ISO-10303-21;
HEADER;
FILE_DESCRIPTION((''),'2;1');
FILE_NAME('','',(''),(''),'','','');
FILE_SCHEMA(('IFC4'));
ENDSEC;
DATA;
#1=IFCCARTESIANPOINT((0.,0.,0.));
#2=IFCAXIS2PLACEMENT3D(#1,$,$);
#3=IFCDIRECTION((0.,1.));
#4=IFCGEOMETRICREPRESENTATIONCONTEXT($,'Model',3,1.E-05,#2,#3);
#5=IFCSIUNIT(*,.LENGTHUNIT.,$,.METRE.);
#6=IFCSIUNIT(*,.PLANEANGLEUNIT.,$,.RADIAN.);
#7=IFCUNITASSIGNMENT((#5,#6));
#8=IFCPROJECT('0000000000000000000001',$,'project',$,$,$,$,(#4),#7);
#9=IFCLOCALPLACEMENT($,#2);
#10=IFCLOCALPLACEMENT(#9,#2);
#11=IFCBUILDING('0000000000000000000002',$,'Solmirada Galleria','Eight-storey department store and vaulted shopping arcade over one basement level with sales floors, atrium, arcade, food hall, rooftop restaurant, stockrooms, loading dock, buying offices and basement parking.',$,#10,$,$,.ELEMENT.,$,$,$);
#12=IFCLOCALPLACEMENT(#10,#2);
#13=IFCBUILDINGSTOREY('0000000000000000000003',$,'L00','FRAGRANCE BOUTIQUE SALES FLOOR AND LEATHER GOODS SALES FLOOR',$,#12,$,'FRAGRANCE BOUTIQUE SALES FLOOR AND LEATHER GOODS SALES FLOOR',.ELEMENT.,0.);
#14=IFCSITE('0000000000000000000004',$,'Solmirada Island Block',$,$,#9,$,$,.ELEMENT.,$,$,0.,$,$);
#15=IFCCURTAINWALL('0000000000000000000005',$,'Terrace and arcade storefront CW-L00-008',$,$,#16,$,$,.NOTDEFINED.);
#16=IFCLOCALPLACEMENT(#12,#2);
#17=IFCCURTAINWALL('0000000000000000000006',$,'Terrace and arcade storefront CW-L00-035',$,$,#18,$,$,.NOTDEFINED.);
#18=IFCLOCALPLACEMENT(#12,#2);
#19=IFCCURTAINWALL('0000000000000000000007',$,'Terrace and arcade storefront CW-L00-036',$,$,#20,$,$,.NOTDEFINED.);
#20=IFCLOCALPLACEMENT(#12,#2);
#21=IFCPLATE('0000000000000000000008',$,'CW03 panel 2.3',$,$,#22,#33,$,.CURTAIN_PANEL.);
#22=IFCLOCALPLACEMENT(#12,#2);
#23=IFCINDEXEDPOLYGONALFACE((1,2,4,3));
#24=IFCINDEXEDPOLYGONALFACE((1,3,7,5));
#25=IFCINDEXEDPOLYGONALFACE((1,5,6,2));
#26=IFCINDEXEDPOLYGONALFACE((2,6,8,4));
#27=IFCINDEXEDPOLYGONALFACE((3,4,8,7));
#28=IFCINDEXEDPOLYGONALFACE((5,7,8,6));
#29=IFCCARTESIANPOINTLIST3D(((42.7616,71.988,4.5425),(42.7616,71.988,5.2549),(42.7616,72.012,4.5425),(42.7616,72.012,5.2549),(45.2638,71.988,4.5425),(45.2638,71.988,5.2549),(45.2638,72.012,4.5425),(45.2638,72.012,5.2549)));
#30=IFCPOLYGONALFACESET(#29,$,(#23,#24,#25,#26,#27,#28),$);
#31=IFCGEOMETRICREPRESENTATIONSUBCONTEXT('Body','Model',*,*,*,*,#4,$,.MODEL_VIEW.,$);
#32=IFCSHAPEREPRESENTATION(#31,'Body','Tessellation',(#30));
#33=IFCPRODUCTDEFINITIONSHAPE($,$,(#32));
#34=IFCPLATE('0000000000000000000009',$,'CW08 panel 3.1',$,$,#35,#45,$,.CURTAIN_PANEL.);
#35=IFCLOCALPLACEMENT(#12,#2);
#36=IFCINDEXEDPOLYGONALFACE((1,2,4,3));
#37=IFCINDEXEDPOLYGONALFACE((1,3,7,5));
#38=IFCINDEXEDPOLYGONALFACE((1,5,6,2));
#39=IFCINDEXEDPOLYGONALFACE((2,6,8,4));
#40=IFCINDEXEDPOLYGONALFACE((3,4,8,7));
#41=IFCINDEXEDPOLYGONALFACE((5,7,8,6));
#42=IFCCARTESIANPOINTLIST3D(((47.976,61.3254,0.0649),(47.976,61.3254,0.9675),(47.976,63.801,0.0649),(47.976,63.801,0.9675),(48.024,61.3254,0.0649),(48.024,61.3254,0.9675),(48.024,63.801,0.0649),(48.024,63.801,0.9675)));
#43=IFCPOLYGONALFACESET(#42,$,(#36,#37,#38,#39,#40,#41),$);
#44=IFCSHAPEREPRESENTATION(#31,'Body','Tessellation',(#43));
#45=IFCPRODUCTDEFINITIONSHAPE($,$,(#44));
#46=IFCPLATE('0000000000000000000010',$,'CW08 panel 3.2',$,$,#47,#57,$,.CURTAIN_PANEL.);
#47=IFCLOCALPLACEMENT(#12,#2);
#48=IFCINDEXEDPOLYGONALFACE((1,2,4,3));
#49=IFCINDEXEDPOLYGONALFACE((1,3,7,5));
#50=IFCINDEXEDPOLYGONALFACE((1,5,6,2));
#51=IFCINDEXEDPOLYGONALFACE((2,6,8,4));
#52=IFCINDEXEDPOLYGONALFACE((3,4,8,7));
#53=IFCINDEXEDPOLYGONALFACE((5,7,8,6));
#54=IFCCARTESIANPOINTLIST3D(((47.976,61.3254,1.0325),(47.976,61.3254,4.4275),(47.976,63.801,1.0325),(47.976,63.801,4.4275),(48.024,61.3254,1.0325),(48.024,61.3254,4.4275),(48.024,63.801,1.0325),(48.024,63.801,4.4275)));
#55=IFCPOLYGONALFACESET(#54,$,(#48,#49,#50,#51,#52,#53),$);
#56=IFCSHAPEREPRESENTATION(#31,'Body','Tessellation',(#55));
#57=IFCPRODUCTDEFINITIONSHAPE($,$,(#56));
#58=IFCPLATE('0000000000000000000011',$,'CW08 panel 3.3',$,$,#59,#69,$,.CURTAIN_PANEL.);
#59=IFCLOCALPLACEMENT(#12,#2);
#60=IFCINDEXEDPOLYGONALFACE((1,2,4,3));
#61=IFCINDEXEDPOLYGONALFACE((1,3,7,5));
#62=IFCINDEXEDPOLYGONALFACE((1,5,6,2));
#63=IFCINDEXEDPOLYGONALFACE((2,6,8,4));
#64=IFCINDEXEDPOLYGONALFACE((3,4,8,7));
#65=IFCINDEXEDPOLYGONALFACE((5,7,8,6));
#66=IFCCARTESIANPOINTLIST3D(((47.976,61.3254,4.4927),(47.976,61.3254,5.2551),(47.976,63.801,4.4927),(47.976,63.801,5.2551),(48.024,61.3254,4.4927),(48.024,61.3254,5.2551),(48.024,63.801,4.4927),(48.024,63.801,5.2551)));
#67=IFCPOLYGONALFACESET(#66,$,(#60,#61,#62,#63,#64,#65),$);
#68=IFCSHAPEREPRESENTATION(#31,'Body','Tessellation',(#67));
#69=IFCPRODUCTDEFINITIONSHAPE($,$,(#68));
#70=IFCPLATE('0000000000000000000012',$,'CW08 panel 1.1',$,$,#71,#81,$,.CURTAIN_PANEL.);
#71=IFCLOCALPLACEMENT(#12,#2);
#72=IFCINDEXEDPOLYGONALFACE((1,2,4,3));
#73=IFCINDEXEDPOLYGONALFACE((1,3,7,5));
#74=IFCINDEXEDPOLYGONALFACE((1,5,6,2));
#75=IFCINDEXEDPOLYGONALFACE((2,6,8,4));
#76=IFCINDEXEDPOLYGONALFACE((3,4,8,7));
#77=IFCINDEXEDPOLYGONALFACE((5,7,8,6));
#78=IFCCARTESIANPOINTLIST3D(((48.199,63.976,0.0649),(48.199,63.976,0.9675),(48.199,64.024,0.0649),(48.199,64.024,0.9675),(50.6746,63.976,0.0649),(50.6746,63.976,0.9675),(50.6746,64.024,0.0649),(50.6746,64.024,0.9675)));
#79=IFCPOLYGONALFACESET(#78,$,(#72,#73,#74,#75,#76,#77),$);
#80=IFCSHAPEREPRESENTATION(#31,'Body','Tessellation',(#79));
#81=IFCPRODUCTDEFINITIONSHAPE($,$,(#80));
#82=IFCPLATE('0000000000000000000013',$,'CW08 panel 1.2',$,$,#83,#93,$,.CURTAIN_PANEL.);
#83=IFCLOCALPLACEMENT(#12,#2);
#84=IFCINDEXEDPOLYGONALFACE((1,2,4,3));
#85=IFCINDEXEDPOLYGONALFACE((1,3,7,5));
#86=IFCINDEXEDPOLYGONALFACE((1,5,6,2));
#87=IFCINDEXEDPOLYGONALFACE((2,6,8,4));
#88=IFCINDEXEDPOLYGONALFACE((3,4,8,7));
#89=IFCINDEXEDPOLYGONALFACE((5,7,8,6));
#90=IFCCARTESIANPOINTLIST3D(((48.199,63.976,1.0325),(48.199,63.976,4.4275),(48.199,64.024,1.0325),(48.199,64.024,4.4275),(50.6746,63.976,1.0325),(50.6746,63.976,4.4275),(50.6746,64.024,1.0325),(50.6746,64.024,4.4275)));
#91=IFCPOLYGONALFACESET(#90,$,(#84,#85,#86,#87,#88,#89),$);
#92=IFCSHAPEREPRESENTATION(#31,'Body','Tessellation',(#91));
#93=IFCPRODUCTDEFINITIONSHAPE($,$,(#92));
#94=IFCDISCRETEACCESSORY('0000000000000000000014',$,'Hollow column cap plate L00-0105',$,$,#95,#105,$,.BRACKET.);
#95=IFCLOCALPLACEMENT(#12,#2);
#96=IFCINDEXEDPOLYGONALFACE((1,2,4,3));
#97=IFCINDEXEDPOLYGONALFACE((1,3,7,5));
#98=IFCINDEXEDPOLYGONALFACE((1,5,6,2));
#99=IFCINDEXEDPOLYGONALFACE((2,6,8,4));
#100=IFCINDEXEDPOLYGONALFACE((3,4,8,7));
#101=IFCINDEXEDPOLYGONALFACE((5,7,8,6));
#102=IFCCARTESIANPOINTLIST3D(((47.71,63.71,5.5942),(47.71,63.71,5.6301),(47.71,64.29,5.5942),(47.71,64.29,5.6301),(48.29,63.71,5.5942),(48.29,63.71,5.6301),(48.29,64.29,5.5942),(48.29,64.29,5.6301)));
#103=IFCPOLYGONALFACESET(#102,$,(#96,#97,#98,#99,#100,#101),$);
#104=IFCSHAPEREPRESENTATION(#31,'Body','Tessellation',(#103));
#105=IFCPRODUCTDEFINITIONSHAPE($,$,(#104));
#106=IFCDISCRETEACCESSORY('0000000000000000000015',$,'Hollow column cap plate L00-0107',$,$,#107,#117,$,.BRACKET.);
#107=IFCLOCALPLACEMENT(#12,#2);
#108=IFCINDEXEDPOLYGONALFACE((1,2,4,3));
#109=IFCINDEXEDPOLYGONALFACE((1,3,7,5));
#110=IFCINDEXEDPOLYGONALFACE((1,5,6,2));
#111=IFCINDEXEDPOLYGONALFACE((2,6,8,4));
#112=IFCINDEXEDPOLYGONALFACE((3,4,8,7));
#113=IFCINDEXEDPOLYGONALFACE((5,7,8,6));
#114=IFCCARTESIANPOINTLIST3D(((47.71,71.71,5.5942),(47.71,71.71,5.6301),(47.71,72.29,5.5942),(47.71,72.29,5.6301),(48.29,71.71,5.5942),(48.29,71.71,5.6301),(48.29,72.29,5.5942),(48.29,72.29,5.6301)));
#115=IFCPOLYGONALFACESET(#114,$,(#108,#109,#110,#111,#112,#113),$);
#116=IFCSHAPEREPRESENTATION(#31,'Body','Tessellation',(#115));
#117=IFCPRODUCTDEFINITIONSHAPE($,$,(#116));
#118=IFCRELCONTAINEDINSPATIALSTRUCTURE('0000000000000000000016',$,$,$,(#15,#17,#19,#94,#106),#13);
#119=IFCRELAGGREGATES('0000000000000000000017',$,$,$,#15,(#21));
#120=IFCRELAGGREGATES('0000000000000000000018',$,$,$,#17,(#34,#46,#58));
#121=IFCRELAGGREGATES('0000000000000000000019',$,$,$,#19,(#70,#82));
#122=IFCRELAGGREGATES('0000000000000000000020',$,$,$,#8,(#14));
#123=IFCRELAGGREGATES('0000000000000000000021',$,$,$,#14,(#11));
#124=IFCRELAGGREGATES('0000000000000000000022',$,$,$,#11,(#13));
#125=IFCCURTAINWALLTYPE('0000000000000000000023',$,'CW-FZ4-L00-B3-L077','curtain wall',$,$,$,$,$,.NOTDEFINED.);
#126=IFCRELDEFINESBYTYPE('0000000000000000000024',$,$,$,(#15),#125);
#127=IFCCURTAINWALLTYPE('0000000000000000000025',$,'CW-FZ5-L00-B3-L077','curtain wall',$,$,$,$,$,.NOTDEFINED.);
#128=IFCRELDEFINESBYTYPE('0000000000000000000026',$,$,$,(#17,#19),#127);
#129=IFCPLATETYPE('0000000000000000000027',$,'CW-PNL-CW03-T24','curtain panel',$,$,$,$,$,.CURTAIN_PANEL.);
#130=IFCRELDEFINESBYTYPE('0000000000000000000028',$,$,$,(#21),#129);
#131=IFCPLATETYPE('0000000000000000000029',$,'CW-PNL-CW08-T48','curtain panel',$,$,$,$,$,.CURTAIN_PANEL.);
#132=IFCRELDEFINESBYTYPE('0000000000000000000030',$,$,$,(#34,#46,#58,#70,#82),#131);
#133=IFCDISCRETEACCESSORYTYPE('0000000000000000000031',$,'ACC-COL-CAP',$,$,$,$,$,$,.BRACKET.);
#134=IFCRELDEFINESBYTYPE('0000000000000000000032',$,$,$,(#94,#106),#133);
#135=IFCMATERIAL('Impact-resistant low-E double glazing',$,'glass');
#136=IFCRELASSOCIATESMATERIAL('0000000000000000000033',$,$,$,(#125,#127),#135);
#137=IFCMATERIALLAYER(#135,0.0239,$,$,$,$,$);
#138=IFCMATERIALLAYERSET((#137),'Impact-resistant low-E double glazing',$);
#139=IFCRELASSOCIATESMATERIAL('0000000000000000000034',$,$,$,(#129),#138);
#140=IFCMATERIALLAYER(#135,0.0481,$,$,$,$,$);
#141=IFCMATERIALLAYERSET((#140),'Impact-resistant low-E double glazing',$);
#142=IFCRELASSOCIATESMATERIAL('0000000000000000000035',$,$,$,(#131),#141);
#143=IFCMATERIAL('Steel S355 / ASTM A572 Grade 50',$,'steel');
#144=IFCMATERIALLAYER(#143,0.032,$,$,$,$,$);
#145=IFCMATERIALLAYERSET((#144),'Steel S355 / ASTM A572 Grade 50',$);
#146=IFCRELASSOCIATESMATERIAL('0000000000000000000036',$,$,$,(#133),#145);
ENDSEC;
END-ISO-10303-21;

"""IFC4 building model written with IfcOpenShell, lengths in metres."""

from ifc_helpers import new_model, si_unit, direction, frame, origin, origin_2d, place, context, subcontext, project, spatial, rectangle, extrude, material, layer, layer_set, type_object, element, aggregate, save


model = new_model("IFC4")

# Units and contexts
model_context = context("Model", 3, precision=1e-05, world=origin(), true_north=direction((0.0, 1.0)))
body_context = subcontext(model_context, "Body", "Model", "MODEL_VIEW")
ifc_project = project(units=[si_unit("LENGTHUNIT", "METRE"), si_unit("PLANEANGLEUNIT", "RADIAN")], contexts=[model_context])

# Site, building, storey
site_placement = place(None, origin())
site = spatial("IfcSite", under=ifc_project, at=site_placement, Name="Solmirada Island Block", CompositionType="ELEMENT", RefElevation=0.0)
building_placement = place(site_placement, origin())
building = spatial("IfcBuilding", under=site, at=building_placement, Name="Solmirada Galleria", Description="Eight-storey department store and vaulted shopping arcade over one basement level with sales floors, atrium, arcade, food hall, rooftop restaurant, stockrooms, loading dock, buying offices and basement parking.", CompositionType="ELEMENT")
storey_placement = place(building_placement, origin())
storey = spatial("IfcBuildingStorey", under=building, at=storey_placement, Name="L00", Description="FRAGRANCE BOUTIQUE SALES FLOOR AND LEATHER GOODS SALES FLOOR", LongName="FRAGRANCE BOUTIQUE SALES FLOOR AND LEATHER GOODS SALES FLOOR", CompositionType="ELEMENT", Elevation=0.0)

# Shared definitions
ifc_material_1 = material(Name="Impact-resistant low-E double glazing", Category="glass")
curtain_wall_type_1 = type_object("IfcCurtainWallType", Name="CW-FZ4-L00-B3-L077", Description="curtain wall", PredefinedType="NOTDEFINED", material=ifc_material_1)

# Curtain walls
curtain_wall_1_placement = place(storey_placement, origin())
curtain_wall_1 = element("IfcCurtainWall", 1, at=curtain_wall_1_placement, inside=storey, type_object=curtain_wall_type_1, Name="Terrace and arcade storefront CW-L00-008", PredefinedType="NOTDEFINED")
curtain_wall_type_2 = type_object("IfcCurtainWallType", Name="CW-FZ5-L00-B3-L077", Description="curtain wall", PredefinedType="NOTDEFINED", material=ifc_material_1)
curtain_wall_2_placement = place(storey_placement, origin())
curtain_wall_2 = element("IfcCurtainWall", 2, at=curtain_wall_2_placement, inside=storey, type_object=curtain_wall_type_2, Name="Terrace and arcade storefront CW-L00-035", PredefinedType="NOTDEFINED")

# Curtain wall
curtain_wall_3_placement = place(storey_placement, origin())
curtain_wall_3 = element("IfcCurtainWall", 3, at=curtain_wall_3_placement, inside=storey, type_object=curtain_wall_type_2, Name="Terrace and arcade storefront CW-L00-036", PredefinedType="NOTDEFINED")

# Plates
ifc_layer_1 = layer(ifc_material_1, 0.0239)
ifc_layer_set_1 = layer_set([ifc_layer_1], Name="Impact-resistant low-E double glazing")
plate_type_1 = type_object("IfcPlateType", Name="CW-PNL-CW03-T24", Description="curtain panel", PredefinedType="CURTAIN_PANEL", material=ifc_layer_set_1)
plate_1_placement = place(storey_placement, frame((44.0127, 72.0, 4.5425), z_axis=(0.0, 0.0, 1.0), x_axis=(-1.0, 0.0, 0.0)))
plate_1 = element("IfcPlate", 4, at=plate_1_placement, type_object=plate_type_1, Name="CW03 panel 2.3", PredefinedType="CURTAIN_PANEL", context=body_context, shape_type="SweptSolid", body=[
    extrude(rectangle(XDim=2.5022, YDim=0.0239, at=origin_2d()), origin(), (0.0, 0.0, 1.0), 0.7124),
])
aggregate(curtain_wall_1, [plate_1])
ifc_layer_2 = layer(ifc_material_1, 0.0481)
ifc_layer_set_2 = layer_set([ifc_layer_2], Name="Impact-resistant low-E double glazing")
plate_type_2 = type_object("IfcPlateType", Name="CW-PNL-CW08-T48", Description="curtain panel", PredefinedType="CURTAIN_PANEL", material=ifc_layer_set_2)
plate_2_placement = place(storey_placement, frame((48.0, 62.5632, 0.0649), z_axis=(0.0, 0.0, 1.0), x_axis=(0.0, 1.0, 0.0)))
plate_2 = element("IfcPlate", 5, at=plate_2_placement, type_object=plate_type_2, Name="CW08 panel 3.1", PredefinedType="CURTAIN_PANEL", context=body_context, shape_type="SweptSolid", body=[
    extrude(rectangle(XDim=2.4756, YDim=0.0481, at=origin_2d()), origin(), (0.0, 0.0, 1.0), 0.9026),
])
plate_3_placement = place(storey_placement, frame((48.0, 62.5632, 1.0325), z_axis=(0.0, 0.0, 1.0), x_axis=(0.0, 1.0, 0.0)))
plate_3 = element("IfcPlate", 6, at=plate_3_placement, type_object=plate_type_2, Name="CW08 panel 3.2", PredefinedType="CURTAIN_PANEL", context=body_context, shape_type="SweptSolid", body=[
    extrude(rectangle(XDim=2.4756, YDim=0.0481, at=origin_2d()), origin(), (0.0, 0.0, 1.0), 3.395),
])
plate_4_placement = place(storey_placement, frame((48.0, 62.5632, 4.4927), z_axis=(0.0, 0.0, 1.0), x_axis=(0.0, 1.0, 0.0)))
plate_4 = element("IfcPlate", 7, at=plate_4_placement, type_object=plate_type_2, Name="CW08 panel 3.3", PredefinedType="CURTAIN_PANEL", context=body_context, shape_type="SweptSolid", body=[
    extrude(rectangle(XDim=2.4756, YDim=0.0481, at=origin_2d()), origin(), (0.0, 0.0, 1.0), 0.7625),
])
aggregate(curtain_wall_2, [plate_2, plate_3, plate_4])
plate_5_placement = place(storey_placement, frame((49.4368, 64.0, 0.0649), z_axis=(0.0, 0.0, 1.0), x_axis=(1.0, 0.0, 0.0)))
plate_5 = element("IfcPlate", 8, at=plate_5_placement, type_object=plate_type_2, Name="CW08 panel 1.1", PredefinedType="CURTAIN_PANEL", context=body_context, shape_type="SweptSolid", body=[
    extrude(rectangle(XDim=2.4756, YDim=0.0481, at=origin_2d()), origin(), (0.0, 0.0, 1.0), 0.9026),
])
plate_6_placement = place(storey_placement, frame((49.4368, 64.0, 1.0325), z_axis=(0.0, 0.0, 1.0), x_axis=(1.0, 0.0, 0.0)))
plate_6 = element("IfcPlate", 9, at=plate_6_placement, type_object=plate_type_2, Name="CW08 panel 1.2", PredefinedType="CURTAIN_PANEL", context=body_context, shape_type="SweptSolid", body=[
    extrude(rectangle(XDim=2.4756, YDim=0.0481, at=origin_2d()), origin(), (0.0, 0.0, 1.0), 3.395),
])
aggregate(curtain_wall_3, [plate_5, plate_6])

# Discrete accessories
ifc_material_2 = material(Name="Steel S355 / ASTM A572 Grade 50", Category="steel")
ifc_layer_3 = layer(ifc_material_2, 0.032)
ifc_layer_set_3 = layer_set([ifc_layer_3], Name="Steel S355 / ASTM A572 Grade 50")
discrete_accessory_type = type_object("IfcDiscreteAccessoryType", Name="ACC-COL-CAP", PredefinedType="BRACKET", material=ifc_layer_set_3)
for number, where, z_axis, x_axis, name in (
    (10, (48.0, 64.0, 5.5942), (0.0, 0.0, 1.0), (1.0, 0.0, 0.0), "Hollow column cap plate L00-0105"),
    (11, (48.0, 72.0, 5.5942), (0.0, 0.0, 1.0), (1.0, 0.0, 0.0), "Hollow column cap plate L00-0107"),
):
    element("IfcDiscreteAccessory", number, at=place(storey_placement, frame(where, z_axis=z_axis, x_axis=x_axis)), inside=storey, type_object=discrete_accessory_type, Name=name, PredefinedType="BRACKET", context=body_context, shape_type="SweptSolid", body=[
        extrude(rectangle(XDim=0.5801, YDim=0.5801, at=origin_2d()), origin(), (0.0, 0.0, 1.0), 0.0359),
    ])

save(model, "model.ifc")
